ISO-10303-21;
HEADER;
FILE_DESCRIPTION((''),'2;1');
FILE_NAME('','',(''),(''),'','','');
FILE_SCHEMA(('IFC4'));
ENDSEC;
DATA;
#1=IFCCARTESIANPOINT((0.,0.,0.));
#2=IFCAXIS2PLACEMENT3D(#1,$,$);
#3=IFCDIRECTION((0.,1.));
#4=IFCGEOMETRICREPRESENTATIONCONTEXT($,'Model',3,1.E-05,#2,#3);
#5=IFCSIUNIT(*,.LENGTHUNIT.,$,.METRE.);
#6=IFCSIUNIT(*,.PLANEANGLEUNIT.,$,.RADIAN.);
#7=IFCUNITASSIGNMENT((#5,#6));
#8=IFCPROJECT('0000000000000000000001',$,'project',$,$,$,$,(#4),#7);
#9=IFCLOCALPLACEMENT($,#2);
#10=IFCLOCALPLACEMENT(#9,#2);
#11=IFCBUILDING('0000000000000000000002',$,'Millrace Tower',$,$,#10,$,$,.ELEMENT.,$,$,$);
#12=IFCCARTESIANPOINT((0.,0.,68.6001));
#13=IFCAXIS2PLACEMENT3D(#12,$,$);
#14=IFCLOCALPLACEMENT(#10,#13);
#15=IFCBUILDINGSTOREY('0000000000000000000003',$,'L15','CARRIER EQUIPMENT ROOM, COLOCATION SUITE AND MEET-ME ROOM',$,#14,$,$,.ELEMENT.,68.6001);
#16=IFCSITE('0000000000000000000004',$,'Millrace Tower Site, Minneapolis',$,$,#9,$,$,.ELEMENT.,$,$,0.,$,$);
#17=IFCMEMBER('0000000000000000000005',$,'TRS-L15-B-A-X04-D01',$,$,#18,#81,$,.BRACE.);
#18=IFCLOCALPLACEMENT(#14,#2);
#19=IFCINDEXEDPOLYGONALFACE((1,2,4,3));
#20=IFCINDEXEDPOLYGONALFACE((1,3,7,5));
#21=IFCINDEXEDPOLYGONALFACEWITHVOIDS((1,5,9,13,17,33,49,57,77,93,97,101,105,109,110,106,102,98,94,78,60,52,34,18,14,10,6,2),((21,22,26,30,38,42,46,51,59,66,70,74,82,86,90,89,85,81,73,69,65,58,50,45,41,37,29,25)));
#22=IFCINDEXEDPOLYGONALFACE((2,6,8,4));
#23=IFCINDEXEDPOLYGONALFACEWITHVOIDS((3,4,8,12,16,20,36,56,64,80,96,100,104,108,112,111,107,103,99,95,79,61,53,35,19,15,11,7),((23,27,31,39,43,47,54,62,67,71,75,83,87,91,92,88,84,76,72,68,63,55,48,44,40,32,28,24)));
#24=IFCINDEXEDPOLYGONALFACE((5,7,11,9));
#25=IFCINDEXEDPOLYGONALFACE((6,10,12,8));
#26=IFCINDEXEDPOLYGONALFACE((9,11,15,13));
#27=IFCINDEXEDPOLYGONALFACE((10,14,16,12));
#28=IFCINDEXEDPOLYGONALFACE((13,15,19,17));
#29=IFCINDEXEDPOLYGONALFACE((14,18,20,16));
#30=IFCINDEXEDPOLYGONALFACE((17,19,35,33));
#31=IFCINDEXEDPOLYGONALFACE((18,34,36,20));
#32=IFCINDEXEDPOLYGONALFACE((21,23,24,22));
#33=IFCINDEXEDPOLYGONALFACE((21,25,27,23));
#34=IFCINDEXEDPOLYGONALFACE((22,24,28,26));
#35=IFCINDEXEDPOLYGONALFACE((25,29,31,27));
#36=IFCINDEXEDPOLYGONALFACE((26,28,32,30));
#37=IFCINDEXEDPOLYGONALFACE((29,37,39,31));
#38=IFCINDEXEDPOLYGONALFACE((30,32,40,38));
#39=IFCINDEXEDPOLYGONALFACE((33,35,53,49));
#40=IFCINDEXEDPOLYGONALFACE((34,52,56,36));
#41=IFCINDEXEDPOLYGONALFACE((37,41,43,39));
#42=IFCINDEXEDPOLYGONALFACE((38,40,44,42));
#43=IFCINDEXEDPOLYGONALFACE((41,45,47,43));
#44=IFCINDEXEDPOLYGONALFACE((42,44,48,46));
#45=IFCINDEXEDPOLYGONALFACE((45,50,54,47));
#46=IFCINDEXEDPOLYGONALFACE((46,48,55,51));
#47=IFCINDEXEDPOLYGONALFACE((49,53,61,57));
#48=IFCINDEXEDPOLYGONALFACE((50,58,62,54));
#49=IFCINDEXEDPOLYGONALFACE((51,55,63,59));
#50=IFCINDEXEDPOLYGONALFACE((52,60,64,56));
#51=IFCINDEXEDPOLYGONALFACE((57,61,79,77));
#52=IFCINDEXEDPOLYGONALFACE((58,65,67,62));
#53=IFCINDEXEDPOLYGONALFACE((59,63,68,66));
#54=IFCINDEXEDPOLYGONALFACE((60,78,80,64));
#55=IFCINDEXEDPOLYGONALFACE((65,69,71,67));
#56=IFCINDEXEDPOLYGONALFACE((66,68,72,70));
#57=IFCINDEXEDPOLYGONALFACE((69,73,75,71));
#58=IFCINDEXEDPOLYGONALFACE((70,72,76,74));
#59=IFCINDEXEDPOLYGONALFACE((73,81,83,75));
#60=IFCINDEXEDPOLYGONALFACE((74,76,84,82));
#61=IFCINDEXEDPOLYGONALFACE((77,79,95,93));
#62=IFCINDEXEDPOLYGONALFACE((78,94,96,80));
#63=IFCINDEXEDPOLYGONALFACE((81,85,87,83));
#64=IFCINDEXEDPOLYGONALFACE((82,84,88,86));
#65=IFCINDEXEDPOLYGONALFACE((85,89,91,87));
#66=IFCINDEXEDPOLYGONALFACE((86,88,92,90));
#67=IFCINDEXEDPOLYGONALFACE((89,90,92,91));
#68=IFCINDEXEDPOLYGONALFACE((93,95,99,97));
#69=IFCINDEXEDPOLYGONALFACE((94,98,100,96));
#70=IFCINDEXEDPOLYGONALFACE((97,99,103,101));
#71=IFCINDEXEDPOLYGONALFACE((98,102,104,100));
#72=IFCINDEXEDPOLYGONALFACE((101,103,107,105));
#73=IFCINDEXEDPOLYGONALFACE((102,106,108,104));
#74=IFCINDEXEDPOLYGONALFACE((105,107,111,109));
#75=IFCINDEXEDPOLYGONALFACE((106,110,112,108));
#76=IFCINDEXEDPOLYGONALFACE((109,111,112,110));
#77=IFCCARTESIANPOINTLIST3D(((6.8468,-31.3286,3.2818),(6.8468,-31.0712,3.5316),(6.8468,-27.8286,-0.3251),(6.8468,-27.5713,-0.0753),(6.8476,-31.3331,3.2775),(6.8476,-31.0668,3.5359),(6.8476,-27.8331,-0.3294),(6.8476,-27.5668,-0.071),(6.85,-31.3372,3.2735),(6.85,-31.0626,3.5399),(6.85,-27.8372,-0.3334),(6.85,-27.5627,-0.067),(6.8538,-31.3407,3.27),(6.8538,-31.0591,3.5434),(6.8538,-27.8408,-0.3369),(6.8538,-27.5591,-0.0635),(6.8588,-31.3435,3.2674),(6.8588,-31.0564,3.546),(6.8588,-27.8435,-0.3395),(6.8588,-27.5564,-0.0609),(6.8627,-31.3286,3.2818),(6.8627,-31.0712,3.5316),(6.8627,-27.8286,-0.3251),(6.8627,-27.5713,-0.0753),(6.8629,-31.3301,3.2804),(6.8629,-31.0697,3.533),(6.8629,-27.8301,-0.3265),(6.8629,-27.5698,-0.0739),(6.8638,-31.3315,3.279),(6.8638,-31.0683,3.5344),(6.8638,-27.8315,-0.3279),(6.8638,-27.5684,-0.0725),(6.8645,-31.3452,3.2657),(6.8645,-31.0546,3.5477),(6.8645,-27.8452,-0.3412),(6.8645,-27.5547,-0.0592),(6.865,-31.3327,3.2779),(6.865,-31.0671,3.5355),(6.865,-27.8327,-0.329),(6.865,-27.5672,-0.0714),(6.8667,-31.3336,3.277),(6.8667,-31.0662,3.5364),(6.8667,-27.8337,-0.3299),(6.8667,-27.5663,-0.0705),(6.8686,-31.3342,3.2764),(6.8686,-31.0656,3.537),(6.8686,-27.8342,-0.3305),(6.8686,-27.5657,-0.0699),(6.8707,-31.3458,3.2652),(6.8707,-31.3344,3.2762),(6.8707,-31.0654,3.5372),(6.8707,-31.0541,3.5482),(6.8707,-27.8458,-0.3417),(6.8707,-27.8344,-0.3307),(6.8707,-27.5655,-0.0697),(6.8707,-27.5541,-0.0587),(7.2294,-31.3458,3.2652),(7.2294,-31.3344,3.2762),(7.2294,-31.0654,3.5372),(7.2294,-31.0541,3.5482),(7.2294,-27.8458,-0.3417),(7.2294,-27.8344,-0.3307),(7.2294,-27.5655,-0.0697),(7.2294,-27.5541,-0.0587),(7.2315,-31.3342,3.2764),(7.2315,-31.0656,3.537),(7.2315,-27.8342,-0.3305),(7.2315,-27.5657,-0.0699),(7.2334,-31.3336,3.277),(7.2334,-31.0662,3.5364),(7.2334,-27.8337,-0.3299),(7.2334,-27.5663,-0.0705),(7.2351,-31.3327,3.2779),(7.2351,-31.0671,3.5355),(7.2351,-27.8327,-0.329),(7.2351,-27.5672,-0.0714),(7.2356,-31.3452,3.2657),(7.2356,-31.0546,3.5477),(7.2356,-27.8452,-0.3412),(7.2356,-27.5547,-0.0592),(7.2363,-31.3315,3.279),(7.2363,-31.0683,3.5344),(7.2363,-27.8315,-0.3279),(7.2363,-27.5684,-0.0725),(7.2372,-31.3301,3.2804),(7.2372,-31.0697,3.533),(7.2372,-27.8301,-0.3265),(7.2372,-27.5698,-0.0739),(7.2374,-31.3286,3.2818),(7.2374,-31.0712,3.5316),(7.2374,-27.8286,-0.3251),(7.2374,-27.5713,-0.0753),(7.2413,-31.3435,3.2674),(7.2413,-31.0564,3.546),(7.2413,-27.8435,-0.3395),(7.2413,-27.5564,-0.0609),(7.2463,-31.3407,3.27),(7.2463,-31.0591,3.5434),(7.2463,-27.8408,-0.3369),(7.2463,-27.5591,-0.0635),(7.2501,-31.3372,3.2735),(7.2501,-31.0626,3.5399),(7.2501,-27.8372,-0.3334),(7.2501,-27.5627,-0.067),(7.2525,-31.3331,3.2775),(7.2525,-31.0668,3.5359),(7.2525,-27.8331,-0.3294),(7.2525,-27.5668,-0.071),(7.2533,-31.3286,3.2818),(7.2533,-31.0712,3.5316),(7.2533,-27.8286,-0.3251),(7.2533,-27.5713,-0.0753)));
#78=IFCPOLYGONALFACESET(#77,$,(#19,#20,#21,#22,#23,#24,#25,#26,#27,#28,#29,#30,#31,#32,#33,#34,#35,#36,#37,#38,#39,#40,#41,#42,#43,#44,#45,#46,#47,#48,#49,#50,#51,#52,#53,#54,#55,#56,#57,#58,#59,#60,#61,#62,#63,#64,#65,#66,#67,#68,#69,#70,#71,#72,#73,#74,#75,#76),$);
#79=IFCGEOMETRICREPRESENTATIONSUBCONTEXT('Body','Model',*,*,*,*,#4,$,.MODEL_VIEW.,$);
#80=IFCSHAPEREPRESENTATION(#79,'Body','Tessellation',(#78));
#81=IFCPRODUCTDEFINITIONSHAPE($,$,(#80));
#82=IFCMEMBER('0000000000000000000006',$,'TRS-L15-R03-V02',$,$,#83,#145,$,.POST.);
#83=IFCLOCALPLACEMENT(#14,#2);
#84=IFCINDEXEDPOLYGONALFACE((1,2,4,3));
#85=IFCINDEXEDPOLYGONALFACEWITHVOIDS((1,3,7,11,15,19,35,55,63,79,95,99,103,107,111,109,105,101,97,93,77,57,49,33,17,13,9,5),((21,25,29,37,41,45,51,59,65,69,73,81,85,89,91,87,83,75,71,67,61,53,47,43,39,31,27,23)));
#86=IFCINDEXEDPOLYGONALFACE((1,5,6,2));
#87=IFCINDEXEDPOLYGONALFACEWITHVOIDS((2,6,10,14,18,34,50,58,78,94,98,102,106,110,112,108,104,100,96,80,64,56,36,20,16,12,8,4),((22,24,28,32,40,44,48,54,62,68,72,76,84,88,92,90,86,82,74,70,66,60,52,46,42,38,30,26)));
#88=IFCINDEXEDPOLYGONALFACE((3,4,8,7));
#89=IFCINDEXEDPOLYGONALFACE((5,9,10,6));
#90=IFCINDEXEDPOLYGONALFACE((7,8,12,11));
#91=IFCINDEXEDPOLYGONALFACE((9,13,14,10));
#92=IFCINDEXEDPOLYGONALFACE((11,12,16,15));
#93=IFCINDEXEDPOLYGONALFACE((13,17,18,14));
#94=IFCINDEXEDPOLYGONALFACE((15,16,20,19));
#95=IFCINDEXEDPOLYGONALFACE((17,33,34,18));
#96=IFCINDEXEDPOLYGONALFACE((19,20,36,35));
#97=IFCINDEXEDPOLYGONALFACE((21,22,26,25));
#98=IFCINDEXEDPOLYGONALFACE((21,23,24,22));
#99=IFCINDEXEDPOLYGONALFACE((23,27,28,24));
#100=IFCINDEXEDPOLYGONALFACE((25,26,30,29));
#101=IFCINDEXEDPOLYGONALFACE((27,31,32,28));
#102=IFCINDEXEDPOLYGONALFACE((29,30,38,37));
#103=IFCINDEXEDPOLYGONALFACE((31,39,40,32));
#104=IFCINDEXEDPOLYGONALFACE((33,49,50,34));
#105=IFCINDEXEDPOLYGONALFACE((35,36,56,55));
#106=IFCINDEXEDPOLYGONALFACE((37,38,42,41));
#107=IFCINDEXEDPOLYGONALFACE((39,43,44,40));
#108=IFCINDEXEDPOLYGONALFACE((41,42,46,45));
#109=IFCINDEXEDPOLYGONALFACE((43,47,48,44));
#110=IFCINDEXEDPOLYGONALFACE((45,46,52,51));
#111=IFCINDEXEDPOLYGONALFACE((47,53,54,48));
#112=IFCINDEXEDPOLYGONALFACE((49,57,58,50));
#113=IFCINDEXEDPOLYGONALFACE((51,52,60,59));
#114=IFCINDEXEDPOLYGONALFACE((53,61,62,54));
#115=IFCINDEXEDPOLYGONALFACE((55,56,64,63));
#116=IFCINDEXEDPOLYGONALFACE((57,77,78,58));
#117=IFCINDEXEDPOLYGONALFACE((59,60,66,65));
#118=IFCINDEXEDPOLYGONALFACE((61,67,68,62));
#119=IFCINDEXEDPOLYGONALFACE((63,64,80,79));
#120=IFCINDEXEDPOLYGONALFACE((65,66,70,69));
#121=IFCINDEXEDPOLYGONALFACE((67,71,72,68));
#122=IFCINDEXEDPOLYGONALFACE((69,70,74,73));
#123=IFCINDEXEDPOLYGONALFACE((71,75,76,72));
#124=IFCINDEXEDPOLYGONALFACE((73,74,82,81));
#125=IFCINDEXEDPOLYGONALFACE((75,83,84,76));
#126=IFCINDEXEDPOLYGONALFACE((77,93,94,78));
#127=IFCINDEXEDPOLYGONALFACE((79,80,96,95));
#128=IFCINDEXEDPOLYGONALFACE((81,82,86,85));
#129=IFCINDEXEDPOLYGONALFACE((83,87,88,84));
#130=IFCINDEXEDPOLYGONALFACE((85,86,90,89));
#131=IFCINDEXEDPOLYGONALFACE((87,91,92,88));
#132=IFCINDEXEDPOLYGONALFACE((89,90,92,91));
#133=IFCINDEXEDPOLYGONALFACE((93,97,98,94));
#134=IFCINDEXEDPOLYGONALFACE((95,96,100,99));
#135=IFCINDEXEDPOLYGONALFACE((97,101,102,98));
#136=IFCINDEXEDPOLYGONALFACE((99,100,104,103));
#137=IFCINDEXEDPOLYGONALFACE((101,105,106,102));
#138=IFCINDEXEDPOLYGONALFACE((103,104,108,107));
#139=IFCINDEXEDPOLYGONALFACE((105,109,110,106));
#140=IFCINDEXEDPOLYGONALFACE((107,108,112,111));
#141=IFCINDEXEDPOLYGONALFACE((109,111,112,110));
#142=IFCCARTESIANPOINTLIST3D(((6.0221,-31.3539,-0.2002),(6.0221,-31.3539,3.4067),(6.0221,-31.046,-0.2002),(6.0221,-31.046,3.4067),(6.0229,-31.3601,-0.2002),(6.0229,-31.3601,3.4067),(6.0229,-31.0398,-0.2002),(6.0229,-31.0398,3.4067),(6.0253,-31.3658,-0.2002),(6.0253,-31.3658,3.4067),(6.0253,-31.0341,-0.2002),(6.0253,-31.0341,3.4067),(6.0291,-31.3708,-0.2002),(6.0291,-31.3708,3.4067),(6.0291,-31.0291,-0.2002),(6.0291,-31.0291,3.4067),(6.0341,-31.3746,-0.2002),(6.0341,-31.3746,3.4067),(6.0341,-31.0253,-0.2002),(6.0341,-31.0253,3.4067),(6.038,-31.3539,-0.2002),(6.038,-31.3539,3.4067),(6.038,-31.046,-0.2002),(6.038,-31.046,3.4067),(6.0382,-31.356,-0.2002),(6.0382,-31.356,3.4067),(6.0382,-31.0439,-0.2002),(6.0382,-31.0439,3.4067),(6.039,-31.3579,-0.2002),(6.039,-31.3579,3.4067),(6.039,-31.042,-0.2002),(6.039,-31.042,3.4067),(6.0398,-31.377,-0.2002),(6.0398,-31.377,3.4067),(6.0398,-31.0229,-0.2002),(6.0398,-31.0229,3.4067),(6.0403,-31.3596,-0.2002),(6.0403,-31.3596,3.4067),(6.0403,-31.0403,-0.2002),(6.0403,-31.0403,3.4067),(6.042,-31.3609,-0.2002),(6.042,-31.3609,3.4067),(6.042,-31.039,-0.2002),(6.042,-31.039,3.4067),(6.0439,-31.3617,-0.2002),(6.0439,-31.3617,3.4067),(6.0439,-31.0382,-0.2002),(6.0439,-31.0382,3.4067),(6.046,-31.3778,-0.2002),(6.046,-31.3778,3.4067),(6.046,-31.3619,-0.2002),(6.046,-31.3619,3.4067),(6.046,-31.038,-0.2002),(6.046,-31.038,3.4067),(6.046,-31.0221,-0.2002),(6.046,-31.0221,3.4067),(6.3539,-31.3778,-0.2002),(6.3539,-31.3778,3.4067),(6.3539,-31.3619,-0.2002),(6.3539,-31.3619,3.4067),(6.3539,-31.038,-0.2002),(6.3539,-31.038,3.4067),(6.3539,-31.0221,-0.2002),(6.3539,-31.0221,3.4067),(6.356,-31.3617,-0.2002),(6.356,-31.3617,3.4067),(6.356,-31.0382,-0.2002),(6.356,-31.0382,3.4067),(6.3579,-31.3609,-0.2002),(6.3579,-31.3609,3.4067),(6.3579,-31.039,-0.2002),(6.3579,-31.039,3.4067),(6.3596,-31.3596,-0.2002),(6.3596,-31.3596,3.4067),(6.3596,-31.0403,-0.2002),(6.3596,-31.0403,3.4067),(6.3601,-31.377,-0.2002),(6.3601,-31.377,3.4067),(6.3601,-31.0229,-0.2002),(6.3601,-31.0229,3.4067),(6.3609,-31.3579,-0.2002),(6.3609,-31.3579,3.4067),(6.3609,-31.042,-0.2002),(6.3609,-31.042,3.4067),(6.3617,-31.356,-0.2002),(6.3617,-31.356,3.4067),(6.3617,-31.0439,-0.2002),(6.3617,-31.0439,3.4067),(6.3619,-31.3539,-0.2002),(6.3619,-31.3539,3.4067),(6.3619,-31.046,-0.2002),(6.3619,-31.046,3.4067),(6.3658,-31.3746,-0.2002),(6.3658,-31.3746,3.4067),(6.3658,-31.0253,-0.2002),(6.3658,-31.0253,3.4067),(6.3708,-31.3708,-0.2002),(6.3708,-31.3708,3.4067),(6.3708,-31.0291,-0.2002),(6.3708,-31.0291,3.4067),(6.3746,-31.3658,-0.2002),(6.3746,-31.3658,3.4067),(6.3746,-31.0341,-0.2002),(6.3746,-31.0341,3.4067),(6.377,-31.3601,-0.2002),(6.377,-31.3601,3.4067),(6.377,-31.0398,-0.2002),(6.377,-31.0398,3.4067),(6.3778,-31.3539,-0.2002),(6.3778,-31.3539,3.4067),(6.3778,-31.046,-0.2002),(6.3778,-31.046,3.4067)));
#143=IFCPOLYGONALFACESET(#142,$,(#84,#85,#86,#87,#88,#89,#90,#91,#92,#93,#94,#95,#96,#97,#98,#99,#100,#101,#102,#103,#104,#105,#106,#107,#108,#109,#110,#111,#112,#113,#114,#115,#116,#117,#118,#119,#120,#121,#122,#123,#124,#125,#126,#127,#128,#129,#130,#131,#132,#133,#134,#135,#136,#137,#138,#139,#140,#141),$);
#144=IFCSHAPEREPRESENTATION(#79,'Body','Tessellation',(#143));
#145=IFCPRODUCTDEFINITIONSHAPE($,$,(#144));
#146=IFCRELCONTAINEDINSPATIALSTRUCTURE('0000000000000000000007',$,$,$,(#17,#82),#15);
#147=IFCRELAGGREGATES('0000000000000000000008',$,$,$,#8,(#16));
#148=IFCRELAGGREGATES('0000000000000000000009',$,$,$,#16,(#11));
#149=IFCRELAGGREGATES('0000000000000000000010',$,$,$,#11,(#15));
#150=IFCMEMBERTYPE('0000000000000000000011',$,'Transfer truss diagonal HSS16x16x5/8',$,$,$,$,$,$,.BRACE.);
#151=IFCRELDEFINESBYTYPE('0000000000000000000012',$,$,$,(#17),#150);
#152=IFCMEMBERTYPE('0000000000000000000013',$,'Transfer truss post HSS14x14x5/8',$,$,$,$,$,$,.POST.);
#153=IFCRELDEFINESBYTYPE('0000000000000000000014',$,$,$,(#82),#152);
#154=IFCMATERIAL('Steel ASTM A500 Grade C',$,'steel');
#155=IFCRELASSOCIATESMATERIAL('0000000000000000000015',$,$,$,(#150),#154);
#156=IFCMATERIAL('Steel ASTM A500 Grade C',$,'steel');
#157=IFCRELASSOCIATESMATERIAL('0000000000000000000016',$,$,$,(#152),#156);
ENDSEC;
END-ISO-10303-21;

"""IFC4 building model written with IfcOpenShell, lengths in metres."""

from ifc_helpers import new_model, si_unit, direction, frame, origin, origin_2d, place, context, subcontext, project, spatial, hollow_rectangle, extrude, material, material_profile, profile_set, type_object, element, save


model = new_model("IFC4")

# Units and contexts
model_context = context("Model", 3, precision=1e-05, world=origin(), true_north=direction((0.0, 1.0)))
body_context = subcontext(model_context, "Body", "Model", "MODEL_VIEW")
ifc_project = project(units=[si_unit("LENGTHUNIT", "METRE"), si_unit("PLANEANGLEUNIT", "RADIAN")], contexts=[model_context])

# Site, building, storey
site_placement = place(None, origin())
site = spatial("IfcSite", under=ifc_project, at=site_placement, Name="Millrace Tower Site, Minneapolis", CompositionType="ELEMENT", RefElevation=0.0)
building_placement = place(site_placement, origin())
building = spatial("IfcBuilding", under=site, at=building_placement, Name="Millrace Tower", CompositionType="ELEMENT")
storey_placement = place(building_placement, frame((0.0, 0.0, 68.6001)))
storey = spatial("IfcBuildingStorey", under=building, at=storey_placement, Name="L15", Description="CARRIER EQUIPMENT ROOM, COLOCATION SUITE AND MEET-ME ROOM", CompositionType="ELEMENT", Elevation=68.6001)

# Members
ifc_material_1 = material(Name="Steel ASTM A500 Grade C", Category="steel")
ifc_material_profile_1 = material_profile(ifc_material_1, hollow_rectangle(XDim=0.4065, YDim=0.4065, WallThickness=0.0159, InnerFilletRadius=0.0081, OuterFilletRadius=0.0239, at=origin_2d()))
ifc_profile_set_1 = profile_set([ifc_material_profile_1], Name="Steel ASTM A500 Grade C")
member_type_1 = type_object("IfcMemberType", Name="Transfer truss diagonal HSS16x16x5/8", PredefinedType="BRACE", material=ifc_profile_set_1)
member_1_placement = place(storey_placement, frame((7.05, -27.7, -0.2002), z_axis=(0.0, -0.696389, 0.717665), x_axis=(1.0, 0.0, 0.0)))
element("IfcMember", 1, at=member_1_placement, inside=storey, type_object=member_type_1, Name="TRS-L15-B-A-X04-D01", PredefinedType="BRACE", context=body_context, shape_type="SweptSolid", body=[
    extrude(hollow_rectangle(XDim=0.4065, YDim=0.4065, WallThickness=0.0159, InnerFilletRadius=0.0081, OuterFilletRadius=0.0239, at=origin_2d()), origin(), (0.0, 0.0, 1.0), 5.0259),
])
ifc_material_2 = material(Name="Steel ASTM A500 Grade C", Category="steel")
ifc_material_profile_2 = material_profile(ifc_material_2, hollow_rectangle(XDim=0.3557, YDim=0.3557, WallThickness=0.0159, InnerFilletRadius=0.0081, OuterFilletRadius=0.0239, at=origin_2d()))
ifc_profile_set_2 = profile_set([ifc_material_profile_2], Name="Steel ASTM A500 Grade C")
member_type_2 = type_object("IfcMemberType", Name="Transfer truss post HSS14x14x5/8", PredefinedType="POST", material=ifc_profile_set_2)
for number, where, z_axis, x_axis, name in (
    (2, (6.2, -31.2, -0.2002), (0.0, 0.0, 1.0), (1.0, 0.0, 0.0), "TRS-L15-R03-V02"),
):
    element("IfcMember", number, at=place(storey_placement, frame(where, z_axis=z_axis, x_axis=x_axis)), inside=storey, type_object=member_type_2, Name=name, PredefinedType="POST", context=body_context, shape_type="SweptSolid", body=[
        extrude(hollow_rectangle(XDim=0.3557, YDim=0.3557, WallThickness=0.0159, InnerFilletRadius=0.0081, OuterFilletRadius=0.0239, at=origin_2d()), origin(), (0.0, 0.0, 1.0), 3.6069),
    ])

save(model, "model.ifc")
